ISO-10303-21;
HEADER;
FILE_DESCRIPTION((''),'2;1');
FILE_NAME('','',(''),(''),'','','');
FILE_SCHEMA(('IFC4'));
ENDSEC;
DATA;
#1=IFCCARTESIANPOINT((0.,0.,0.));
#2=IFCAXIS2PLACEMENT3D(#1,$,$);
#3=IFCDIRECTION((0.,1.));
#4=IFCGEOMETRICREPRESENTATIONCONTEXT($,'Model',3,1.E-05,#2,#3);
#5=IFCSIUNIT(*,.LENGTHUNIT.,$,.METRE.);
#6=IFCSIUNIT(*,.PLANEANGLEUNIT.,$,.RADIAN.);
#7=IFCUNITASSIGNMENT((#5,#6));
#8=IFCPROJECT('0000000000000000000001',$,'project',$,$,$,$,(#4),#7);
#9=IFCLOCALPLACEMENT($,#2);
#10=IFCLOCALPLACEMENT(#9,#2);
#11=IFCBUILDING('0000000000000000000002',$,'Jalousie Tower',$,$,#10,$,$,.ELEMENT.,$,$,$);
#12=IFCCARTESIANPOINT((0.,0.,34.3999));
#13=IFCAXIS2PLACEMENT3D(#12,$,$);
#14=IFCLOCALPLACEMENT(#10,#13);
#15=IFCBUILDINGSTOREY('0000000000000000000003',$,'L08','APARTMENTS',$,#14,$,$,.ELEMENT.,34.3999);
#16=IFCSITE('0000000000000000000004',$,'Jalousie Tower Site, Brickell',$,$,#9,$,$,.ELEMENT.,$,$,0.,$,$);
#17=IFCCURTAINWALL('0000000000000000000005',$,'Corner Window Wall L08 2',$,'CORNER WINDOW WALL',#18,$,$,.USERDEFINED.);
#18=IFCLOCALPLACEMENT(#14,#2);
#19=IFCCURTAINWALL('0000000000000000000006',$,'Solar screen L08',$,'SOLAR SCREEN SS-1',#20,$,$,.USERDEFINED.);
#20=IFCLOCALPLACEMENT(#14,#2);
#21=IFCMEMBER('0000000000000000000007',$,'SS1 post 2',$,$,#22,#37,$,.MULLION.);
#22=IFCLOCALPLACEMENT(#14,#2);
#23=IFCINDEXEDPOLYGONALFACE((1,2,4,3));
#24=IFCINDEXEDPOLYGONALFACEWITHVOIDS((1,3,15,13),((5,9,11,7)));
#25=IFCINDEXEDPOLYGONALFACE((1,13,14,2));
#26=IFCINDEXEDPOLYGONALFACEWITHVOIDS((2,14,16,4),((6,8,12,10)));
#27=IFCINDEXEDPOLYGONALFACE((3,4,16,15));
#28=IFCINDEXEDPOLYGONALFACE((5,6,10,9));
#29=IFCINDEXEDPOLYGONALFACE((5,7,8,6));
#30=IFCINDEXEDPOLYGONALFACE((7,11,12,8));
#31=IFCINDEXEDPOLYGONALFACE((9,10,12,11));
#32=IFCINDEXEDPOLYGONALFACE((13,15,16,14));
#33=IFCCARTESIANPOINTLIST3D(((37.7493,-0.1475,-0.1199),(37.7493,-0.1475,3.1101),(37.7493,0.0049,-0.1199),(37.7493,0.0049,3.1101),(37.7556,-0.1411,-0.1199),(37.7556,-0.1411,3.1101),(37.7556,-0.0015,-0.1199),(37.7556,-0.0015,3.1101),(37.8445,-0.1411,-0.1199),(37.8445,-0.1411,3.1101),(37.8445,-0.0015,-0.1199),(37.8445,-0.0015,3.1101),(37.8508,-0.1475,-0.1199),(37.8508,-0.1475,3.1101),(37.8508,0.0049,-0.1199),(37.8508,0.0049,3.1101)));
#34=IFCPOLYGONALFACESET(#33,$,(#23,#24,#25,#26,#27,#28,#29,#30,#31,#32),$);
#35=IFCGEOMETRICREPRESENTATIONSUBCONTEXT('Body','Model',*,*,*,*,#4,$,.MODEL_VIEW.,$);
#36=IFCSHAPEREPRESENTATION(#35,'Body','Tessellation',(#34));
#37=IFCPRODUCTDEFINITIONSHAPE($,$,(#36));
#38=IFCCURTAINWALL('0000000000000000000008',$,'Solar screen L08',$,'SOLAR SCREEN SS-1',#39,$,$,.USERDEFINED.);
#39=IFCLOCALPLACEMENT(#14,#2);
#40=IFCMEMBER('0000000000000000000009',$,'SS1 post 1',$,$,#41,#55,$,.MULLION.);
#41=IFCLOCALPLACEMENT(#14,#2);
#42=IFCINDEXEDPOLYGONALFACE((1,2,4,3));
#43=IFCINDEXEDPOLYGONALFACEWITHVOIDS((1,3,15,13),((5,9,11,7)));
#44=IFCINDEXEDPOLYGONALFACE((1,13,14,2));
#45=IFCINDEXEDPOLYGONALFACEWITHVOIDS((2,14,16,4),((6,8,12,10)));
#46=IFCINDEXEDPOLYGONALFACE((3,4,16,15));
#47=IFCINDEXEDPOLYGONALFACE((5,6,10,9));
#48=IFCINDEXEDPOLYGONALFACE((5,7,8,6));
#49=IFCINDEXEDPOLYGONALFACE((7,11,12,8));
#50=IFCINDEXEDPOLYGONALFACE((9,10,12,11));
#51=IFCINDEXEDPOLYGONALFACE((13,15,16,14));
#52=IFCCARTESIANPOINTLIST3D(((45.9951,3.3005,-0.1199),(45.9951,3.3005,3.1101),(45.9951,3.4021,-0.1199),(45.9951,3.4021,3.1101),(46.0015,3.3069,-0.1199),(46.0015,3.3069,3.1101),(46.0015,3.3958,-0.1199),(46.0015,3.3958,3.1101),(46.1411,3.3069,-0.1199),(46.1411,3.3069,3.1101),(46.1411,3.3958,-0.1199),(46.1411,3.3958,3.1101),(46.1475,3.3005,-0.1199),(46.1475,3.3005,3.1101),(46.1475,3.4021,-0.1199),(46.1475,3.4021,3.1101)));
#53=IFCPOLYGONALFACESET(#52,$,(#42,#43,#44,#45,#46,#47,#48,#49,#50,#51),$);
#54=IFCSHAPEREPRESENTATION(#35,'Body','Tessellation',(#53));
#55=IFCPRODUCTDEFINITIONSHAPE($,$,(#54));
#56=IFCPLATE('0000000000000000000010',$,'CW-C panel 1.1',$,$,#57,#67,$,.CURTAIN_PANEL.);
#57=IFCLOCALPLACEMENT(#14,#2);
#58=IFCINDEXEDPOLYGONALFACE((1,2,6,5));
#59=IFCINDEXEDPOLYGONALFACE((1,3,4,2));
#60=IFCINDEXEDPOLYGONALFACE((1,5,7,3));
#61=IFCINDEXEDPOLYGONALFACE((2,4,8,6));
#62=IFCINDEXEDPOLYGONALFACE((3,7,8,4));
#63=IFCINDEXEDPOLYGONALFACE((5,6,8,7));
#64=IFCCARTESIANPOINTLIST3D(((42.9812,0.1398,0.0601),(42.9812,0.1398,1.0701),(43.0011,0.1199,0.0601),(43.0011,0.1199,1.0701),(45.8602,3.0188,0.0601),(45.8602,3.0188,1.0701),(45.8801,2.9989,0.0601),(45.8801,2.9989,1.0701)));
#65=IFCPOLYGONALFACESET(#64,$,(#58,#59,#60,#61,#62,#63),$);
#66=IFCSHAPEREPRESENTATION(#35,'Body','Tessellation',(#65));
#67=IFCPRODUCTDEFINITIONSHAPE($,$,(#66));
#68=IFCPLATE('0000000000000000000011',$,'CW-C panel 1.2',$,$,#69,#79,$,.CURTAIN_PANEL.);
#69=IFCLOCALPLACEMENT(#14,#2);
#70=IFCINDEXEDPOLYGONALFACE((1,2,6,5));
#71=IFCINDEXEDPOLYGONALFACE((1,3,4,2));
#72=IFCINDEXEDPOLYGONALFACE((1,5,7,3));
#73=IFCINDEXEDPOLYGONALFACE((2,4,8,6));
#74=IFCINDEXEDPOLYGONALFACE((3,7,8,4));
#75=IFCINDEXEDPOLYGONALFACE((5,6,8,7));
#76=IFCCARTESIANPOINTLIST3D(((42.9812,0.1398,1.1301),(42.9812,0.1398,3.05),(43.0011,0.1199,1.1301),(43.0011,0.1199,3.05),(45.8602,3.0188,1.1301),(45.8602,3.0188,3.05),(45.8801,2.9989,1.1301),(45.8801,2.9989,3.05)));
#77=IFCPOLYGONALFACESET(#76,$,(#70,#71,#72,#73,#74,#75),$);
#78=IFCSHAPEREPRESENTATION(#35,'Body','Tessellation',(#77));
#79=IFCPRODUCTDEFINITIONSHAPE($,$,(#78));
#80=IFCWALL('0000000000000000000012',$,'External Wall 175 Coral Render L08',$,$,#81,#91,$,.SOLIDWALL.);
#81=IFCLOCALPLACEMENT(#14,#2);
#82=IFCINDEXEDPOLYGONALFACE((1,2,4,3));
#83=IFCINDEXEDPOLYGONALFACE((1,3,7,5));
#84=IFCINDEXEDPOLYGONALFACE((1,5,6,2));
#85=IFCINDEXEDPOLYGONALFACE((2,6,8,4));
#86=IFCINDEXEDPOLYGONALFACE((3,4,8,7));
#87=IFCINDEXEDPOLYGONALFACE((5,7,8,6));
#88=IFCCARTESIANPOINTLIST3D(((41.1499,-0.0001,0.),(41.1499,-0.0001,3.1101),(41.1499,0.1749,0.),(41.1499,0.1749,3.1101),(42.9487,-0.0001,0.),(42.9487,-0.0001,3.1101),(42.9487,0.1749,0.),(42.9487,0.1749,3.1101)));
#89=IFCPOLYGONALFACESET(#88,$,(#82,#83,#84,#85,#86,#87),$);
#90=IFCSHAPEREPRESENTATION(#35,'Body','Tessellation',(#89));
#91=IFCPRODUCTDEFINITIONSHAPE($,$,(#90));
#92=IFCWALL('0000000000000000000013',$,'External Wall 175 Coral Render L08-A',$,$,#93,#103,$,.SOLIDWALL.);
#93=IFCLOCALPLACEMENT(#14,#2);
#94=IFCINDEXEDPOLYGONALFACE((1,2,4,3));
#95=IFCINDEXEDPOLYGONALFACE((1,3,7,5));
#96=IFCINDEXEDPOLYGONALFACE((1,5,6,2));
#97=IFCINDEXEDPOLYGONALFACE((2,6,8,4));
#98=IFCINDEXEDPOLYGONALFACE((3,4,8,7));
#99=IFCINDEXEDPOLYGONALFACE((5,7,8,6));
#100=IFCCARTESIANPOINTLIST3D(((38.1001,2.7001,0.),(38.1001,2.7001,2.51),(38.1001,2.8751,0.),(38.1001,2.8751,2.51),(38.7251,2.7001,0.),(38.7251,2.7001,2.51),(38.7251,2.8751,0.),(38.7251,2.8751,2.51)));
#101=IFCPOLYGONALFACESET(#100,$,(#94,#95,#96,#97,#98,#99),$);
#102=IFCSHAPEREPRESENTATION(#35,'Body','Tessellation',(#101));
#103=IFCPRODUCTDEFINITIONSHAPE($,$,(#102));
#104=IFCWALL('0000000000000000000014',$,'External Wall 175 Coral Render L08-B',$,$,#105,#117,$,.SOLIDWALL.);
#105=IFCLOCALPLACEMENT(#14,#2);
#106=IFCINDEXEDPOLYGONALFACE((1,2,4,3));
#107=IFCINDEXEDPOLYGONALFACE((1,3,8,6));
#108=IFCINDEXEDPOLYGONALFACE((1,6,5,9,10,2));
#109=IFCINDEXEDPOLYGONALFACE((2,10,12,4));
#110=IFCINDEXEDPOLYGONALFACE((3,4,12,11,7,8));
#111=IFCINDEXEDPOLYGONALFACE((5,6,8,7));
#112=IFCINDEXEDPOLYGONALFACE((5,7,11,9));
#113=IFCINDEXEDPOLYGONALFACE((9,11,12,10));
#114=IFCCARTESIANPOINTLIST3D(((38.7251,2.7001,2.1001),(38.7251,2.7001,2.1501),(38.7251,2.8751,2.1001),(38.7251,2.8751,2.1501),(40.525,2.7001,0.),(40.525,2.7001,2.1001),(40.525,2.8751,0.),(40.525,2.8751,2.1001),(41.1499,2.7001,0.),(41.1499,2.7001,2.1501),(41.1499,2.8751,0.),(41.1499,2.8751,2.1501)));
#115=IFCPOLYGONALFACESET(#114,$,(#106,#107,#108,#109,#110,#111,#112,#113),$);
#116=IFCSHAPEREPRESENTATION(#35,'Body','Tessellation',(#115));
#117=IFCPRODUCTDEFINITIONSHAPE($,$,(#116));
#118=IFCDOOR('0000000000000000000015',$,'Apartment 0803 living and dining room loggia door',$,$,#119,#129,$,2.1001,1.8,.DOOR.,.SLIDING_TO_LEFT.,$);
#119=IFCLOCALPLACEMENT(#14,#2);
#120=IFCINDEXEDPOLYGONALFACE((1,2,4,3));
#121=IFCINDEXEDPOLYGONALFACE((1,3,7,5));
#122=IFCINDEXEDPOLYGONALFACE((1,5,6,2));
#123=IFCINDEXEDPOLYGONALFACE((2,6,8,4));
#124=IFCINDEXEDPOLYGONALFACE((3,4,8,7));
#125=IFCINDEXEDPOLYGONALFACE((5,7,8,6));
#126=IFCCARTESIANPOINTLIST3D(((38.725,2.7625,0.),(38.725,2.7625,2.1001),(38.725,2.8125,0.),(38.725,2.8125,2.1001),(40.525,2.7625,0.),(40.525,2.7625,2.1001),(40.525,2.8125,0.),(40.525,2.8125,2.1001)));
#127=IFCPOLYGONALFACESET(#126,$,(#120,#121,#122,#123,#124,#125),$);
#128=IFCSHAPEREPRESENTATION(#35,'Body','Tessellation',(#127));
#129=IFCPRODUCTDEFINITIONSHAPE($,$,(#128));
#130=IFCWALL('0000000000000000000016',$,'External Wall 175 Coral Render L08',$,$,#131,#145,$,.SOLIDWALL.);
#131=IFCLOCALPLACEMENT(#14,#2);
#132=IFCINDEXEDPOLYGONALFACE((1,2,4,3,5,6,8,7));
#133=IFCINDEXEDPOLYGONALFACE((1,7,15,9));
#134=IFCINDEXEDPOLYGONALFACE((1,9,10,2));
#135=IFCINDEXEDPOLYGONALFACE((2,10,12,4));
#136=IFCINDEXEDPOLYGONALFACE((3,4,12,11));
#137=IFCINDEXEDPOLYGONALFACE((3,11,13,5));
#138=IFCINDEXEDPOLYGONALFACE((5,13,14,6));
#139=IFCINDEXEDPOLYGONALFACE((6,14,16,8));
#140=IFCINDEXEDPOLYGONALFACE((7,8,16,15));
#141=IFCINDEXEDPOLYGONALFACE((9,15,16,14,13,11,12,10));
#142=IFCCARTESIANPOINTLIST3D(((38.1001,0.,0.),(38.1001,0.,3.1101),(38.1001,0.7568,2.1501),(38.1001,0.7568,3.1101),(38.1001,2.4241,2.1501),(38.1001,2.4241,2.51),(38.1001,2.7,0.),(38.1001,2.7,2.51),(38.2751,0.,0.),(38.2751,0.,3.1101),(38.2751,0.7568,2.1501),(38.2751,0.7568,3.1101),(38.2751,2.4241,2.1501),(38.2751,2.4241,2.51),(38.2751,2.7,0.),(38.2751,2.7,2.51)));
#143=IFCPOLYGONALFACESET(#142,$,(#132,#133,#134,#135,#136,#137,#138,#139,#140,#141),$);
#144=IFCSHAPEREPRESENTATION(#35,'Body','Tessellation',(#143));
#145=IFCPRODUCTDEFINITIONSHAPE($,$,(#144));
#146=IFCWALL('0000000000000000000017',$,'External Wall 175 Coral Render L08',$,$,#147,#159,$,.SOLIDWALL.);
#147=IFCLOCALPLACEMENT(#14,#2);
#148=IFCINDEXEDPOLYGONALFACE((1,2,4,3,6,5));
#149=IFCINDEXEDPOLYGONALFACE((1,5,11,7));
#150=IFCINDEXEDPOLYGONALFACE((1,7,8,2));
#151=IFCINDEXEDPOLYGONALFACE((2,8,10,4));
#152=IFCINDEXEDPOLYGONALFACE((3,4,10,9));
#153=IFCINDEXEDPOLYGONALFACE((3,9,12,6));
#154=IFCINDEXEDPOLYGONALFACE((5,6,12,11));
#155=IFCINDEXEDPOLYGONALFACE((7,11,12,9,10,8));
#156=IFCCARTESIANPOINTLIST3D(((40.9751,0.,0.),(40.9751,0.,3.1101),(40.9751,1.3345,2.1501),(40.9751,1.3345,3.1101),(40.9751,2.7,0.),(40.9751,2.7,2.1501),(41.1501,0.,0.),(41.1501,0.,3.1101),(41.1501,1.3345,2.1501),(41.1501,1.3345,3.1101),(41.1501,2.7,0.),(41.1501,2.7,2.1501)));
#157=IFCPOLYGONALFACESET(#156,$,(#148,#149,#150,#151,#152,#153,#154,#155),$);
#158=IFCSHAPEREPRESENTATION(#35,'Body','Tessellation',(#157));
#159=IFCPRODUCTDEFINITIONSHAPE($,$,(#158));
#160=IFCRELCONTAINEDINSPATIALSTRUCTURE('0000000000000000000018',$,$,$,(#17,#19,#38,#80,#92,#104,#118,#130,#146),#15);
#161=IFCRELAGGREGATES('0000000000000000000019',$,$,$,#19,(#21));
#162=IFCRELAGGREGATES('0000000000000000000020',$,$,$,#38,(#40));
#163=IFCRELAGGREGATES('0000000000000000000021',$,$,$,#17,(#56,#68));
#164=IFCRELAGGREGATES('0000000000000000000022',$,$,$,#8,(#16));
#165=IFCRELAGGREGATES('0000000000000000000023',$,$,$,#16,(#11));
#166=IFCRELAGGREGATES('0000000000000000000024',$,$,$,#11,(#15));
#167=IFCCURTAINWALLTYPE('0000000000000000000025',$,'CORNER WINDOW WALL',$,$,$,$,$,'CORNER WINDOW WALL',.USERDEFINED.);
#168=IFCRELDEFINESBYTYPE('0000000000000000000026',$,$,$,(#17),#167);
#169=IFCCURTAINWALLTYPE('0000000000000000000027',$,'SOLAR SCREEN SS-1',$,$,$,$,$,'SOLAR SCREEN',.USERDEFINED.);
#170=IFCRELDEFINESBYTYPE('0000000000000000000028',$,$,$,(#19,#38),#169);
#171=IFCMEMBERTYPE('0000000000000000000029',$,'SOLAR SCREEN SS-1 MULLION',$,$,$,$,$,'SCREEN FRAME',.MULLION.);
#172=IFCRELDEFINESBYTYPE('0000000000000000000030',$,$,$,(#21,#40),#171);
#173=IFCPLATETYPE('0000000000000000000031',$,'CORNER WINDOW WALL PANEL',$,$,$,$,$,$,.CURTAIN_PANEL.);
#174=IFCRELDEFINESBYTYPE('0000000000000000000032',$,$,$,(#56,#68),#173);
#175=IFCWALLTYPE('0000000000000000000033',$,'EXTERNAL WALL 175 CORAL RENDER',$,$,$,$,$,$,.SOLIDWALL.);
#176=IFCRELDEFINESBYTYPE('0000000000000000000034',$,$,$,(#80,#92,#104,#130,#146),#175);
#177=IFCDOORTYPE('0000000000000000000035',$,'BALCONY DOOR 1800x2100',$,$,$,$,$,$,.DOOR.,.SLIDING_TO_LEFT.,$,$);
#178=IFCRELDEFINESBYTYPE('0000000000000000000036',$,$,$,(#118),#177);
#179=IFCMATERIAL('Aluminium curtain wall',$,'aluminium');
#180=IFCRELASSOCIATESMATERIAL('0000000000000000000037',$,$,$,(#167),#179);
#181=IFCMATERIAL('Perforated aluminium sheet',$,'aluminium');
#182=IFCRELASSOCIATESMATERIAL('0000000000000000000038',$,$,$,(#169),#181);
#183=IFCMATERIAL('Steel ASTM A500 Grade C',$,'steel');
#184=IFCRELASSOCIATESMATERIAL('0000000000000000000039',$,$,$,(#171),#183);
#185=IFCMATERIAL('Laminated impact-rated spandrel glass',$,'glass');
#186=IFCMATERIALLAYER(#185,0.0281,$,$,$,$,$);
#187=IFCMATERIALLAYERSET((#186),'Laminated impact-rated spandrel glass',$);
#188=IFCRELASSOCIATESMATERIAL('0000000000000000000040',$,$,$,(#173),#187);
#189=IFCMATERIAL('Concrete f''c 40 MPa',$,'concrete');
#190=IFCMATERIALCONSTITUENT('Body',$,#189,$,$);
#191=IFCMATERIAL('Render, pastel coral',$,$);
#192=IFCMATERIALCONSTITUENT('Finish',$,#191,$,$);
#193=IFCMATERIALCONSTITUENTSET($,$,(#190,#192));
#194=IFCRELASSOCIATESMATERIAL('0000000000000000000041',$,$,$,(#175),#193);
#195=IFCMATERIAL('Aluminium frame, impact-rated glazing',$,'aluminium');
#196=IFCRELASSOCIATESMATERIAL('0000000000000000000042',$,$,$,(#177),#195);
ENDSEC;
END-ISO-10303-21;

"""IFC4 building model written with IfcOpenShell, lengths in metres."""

from ifc_helpers import new_model, si_unit, direction, frame, frame_2d, origin, origin_2d, place, context, subcontext, project, spatial, polyline, rectangle, hollow_rectangle, outline, extrude, material, layer, layer_set, constituent, constituent_set, material_profile, profile_set, type_object, element, fill, aggregate, save


model = new_model("IFC4")

# Units and contexts
model_context = context("Model", 3, precision=1e-05, world=origin(), true_north=direction((0.0, 1.0)))
body_context = subcontext(model_context, "Body", "Model", "MODEL_VIEW")
ifc_project = project(units=[si_unit("LENGTHUNIT", "METRE"), si_unit("PLANEANGLEUNIT", "RADIAN")], contexts=[model_context])

# Site, building, storey
site_placement = place(None, origin())
site = spatial("IfcSite", under=ifc_project, at=site_placement, Name="Jalousie Tower Site, Brickell", CompositionType="ELEMENT", RefElevation=0.0)
building_placement = place(site_placement, origin())
building = spatial("IfcBuilding", under=site, at=building_placement, Name="Jalousie Tower", CompositionType="ELEMENT")
storey_placement = place(building_placement, frame((0.0, 0.0, 34.3999)))
storey = spatial("IfcBuildingStorey", under=building, at=storey_placement, Name="L08", Description="APARTMENTS", CompositionType="ELEMENT", Elevation=34.3999)

# Curtain wall
ifc_material_1 = material(Name="Aluminium curtain wall", Category="aluminium")
curtain_wall_type_1 = type_object("IfcCurtainWallType", Name="CORNER WINDOW WALL", ElementType="CORNER WINDOW WALL", PredefinedType="USERDEFINED", material=ifc_material_1)
curtain_wall_1_placement = place(storey_placement, origin())
curtain_wall_1 = element("IfcCurtainWall", 1, at=curtain_wall_1_placement, inside=storey, type_object=curtain_wall_type_1, Name="Corner Window Wall L08 2", ObjectType="CORNER WINDOW WALL", PredefinedType="USERDEFINED")

# Curtain walls, members
ifc_material_2 = material(Name="Perforated aluminium sheet", Category="aluminium")
curtain_wall_type_2 = type_object("IfcCurtainWallType", Name="SOLAR SCREEN SS-1", ElementType="SOLAR SCREEN", PredefinedType="USERDEFINED", material=ifc_material_2)
curtain_wall_2_placement = place(storey_placement, origin())
curtain_wall_2 = element("IfcCurtainWall", 2, at=curtain_wall_2_placement, inside=storey, type_object=curtain_wall_type_2, Name="Solar screen L08", ObjectType="SOLAR SCREEN SS-1", PredefinedType="USERDEFINED")
ifc_material_3 = material(Name="Steel ASTM A500 Grade C", Category="steel")
ifc_material_profile_1 = material_profile(ifc_material_3, hollow_rectangle(XDim=0.1016, YDim=0.1523, WallThickness=0.0063, at=origin_2d()), Name="HSS6X4X1/4")
ifc_profile_set_1 = profile_set([ifc_material_profile_1], Name="Steel ASTM A500 Grade C")
member_type_1 = type_object("IfcMemberType", Name="SOLAR SCREEN SS-1 MULLION", ElementType="SCREEN FRAME", PredefinedType="MULLION", material=ifc_profile_set_1)
member_1_placement = place(storey_placement, frame((37.8, -0.0713, -0.1199), z_axis=(0.0, 0.0, 1.0), x_axis=(1.0, 0.0, 0.0)))
member_1 = element("IfcMember", 3, at=member_1_placement, type_object=member_type_1, Name="SS1 post 2", PredefinedType="MULLION", context=body_context, shape_type="SweptSolid", body=[
    extrude(hollow_rectangle(XDim=0.1016, YDim=0.1523, WallThickness=0.0063, at=origin_2d()), origin(), (0.0, 0.0, 1.0), 3.23),
])
aggregate(curtain_wall_2, [member_1])
curtain_wall_3_placement = place(storey_placement, origin())
curtain_wall_3 = element("IfcCurtainWall", 4, at=curtain_wall_3_placement, inside=storey, type_object=curtain_wall_type_2, Name="Solar screen L08", ObjectType="SOLAR SCREEN SS-1", PredefinedType="USERDEFINED")
member_2_placement = place(storey_placement, frame((46.0713, 3.3513, -0.1199), z_axis=(0.0, 0.0, 1.0), x_axis=(0.0, 1.0, 0.0)))
member_2 = element("IfcMember", 5, at=member_2_placement, type_object=member_type_1, Name="SS1 post 1", PredefinedType="MULLION", context=body_context, shape_type="SweptSolid", body=[
    extrude(hollow_rectangle(XDim=0.1016, YDim=0.1523, WallThickness=0.0063, at=origin_2d()), origin(), (0.0, 0.0, 1.0), 3.23),
])
aggregate(curtain_wall_3, [member_2])

# Plates
ifc_material_4 = material(Name="Laminated impact-rated spandrel glass", Category="glass")
ifc_layer_1 = layer(ifc_material_4, 0.0281)
ifc_layer_set_1 = layer_set([ifc_layer_1], Name="Laminated impact-rated spandrel glass")
plate_type = type_object("IfcPlateType", Name="CORNER WINDOW WALL PANEL", PredefinedType="CURTAIN_PANEL", material=ifc_layer_set_1)
plate_1_placement = place(storey_placement, frame((44.4307, 1.5693, 0.0601), z_axis=(0.0, 0.0, 1.0), x_axis=(0.707107, 0.707107, 0.0)))
plate_1 = element("IfcPlate", 6, at=plate_1_placement, type_object=plate_type, Name="CW-C panel 1.1", PredefinedType="CURTAIN_PANEL", context=body_context, shape_type="SweptSolid", body=[
    extrude(rectangle(XDim=4.0715, YDim=0.0281, at=origin_2d()), origin(), (0.0, 0.0, 1.0), 1.01),
])
plate_2_placement = place(storey_placement, frame((44.4307, 1.5693, 1.1301), z_axis=(0.0, 0.0, 1.0), x_axis=(0.707107, 0.707107, 0.0)))
plate_2 = element("IfcPlate", 7, at=plate_2_placement, type_object=plate_type, Name="CW-C panel 1.2", PredefinedType="CURTAIN_PANEL", context=body_context, shape_type="SweptSolid", body=[
    extrude(rectangle(XDim=4.0715, YDim=0.0281, at=origin_2d()), origin(), (0.0, 0.0, 1.0), 1.9199),
])
aggregate(curtain_wall_1, [plate_1, plate_2])

# Walls
ifc_material_5 = material(Name="Concrete f'c 40 MPa", Category="concrete")
ifc_constituent_1 = constituent(ifc_material_5, Name="Body")
ifc_material_6 = material(Name="Render, pastel coral")
ifc_constituent_2 = constituent(ifc_material_6, Name="Finish")
ifc_constituent_set = constituent_set(constituents=[ifc_constituent_1, ifc_constituent_2])
wall_type = type_object("IfcWallType", Name="EXTERNAL WALL 175 CORAL RENDER", PredefinedType="SOLIDWALL", material=ifc_constituent_set)
wall_1_placement = place(storey_placement, frame((41.1499, 0.0874, 0.0), z_axis=(0.0, 0.0, 1.0), x_axis=(1.0, 0.0, 0.0)))
element("IfcWall", 8, at=wall_1_placement, inside=storey, type_object=wall_type, Name="External Wall 175 Coral Render L08", PredefinedType="SOLIDWALL", context=body_context, shape_type="SweptSolid", body=[
    extrude(rectangle(XDim=1.7988, YDim=0.175, at=frame_2d((0.8994, 0.0))), origin(), (0.0, 0.0, 1.0), 3.1101),
])
wall_2_placement = place(storey_placement, frame((38.1001, 2.7876, 0.0), z_axis=(0.0, 0.0, 1.0), x_axis=(1.0, 0.0, 0.0)))
element("IfcWall", 9, at=wall_2_placement, inside=storey, type_object=wall_type, Name="External Wall 175 Coral Render L08-A", PredefinedType="SOLIDWALL", context=body_context, shape_type="SweptSolid", body=[
    extrude(rectangle(XDim=0.625, YDim=0.175, at=frame_2d((0.3125, 0.0))), origin(), (0.0, 0.0, 1.0), 2.51),
])

# Wall, opening, door
wall_3_placement = place(storey_placement, frame((38.7251, 2.7876, 0.0), z_axis=(0.0, 0.0, 1.0), x_axis=(1.0, 0.0, 0.0)))
wall_3 = element("IfcWall", 10, at=wall_3_placement, inside=storey, type_object=wall_type, Name="External Wall 175 Coral Render L08-B", PredefinedType="SOLIDWALL", context=body_context, shape_type="SweptSolid", body=[
    extrude(rectangle(XDim=2.4248, YDim=0.175, at=frame_2d((1.2124, 0.0))), origin(), (0.0, 0.0, 1.0), 2.1501),
])
opening_1_placement = place(wall_3_placement, origin())
opening_1 = element("IfcOpeningElement", 11, at=opening_1_placement, cuts=wall_3, PredefinedType="OPENING", context=body_context, shape_type="SweptSolid", body=[
    extrude(rectangle(XDim=1.8, YDim=2.1001, at=frame_2d((0.8999, 1.05))), frame((0.0, 0.0974, 0.0), z_axis=(0.0, -1.0, 0.0), x_axis=(1.0, 0.0, 0.0)), (0.0, 0.0, 1.0), 0.1951),
])
ifc_material_7 = material(Name="Aluminium frame, impact-rated glazing", Category="aluminium")
door_type = type_object("IfcDoorType", Name="BALCONY DOOR 1800x2100", OperationType="SLIDING_TO_LEFT", PredefinedType="DOOR", material=ifc_material_7)
door_placement = place(opening_1_placement, origin())
door = element("IfcDoor", 12, at=door_placement, inside=storey, type_object=door_type, Name="Apartment 0803 living and dining room loggia door", OperationType="SLIDING_TO_LEFT", OverallHeight=2.1001, OverallWidth=1.8, PredefinedType="DOOR", context=body_context, shape_type="SweptSolid", body=[
    extrude(rectangle(XDim=1.8, YDim=2.1001, at=frame_2d((0.8999, 1.05))), frame((0.0, 0.0249, 0.0), z_axis=(0.0, -1.0, 0.0), x_axis=(1.0, 0.0, 0.0)), (0.0, 0.0, 1.0), 0.05),
])
fill(opening_1, door)

# Walls
wall_4_placement = place(storey_placement, frame((38.1875, 0.0, 0.0), z_axis=(0.0, 0.0, 1.0), x_axis=(0.0, 1.0, 0.0)))
element("IfcWall", 13, at=wall_4_placement, inside=storey, type_object=wall_type, Name="External Wall 175 Coral Render L08", PredefinedType="SOLIDWALL", context=body_context, shape_type="SweptSolid", body=[
    extrude(outline(polyline([(0.0, 0.0), (2.7, 0.0), (2.7, 2.51), (2.4241, 2.51), (2.4241, 2.1501), (0.7568, 2.1501), (0.7568, 3.1101), (0.0, 3.1101), (0.0, 0.0)])), frame((0.0, 0.0874, 0.0), z_axis=(0.0, -1.0, 0.0), x_axis=(1.0, 0.0, 0.0)), (0.0, 0.0, 1.0), 0.175),
])
wall_5_placement = place(storey_placement, frame((41.0625, 0.0, 0.0), z_axis=(0.0, 0.0, 1.0), x_axis=(0.0, 1.0, 0.0)))
element("IfcWall", 14, at=wall_5_placement, inside=storey, type_object=wall_type, Name="External Wall 175 Coral Render L08", PredefinedType="SOLIDWALL", context=body_context, shape_type="SweptSolid", body=[
    extrude(outline(polyline([(0.0, 0.0), (2.7, 0.0), (2.7, 2.1501), (1.3345, 2.1501), (1.3345, 3.1101), (0.0, 3.1101), (0.0, 0.0)])), frame((0.0, 0.0874, 0.0), z_axis=(0.0, -1.0, 0.0), x_axis=(1.0, 0.0, 0.0)), (0.0, 0.0, 1.0), 0.175),
])

save(model, "model.ifc")
